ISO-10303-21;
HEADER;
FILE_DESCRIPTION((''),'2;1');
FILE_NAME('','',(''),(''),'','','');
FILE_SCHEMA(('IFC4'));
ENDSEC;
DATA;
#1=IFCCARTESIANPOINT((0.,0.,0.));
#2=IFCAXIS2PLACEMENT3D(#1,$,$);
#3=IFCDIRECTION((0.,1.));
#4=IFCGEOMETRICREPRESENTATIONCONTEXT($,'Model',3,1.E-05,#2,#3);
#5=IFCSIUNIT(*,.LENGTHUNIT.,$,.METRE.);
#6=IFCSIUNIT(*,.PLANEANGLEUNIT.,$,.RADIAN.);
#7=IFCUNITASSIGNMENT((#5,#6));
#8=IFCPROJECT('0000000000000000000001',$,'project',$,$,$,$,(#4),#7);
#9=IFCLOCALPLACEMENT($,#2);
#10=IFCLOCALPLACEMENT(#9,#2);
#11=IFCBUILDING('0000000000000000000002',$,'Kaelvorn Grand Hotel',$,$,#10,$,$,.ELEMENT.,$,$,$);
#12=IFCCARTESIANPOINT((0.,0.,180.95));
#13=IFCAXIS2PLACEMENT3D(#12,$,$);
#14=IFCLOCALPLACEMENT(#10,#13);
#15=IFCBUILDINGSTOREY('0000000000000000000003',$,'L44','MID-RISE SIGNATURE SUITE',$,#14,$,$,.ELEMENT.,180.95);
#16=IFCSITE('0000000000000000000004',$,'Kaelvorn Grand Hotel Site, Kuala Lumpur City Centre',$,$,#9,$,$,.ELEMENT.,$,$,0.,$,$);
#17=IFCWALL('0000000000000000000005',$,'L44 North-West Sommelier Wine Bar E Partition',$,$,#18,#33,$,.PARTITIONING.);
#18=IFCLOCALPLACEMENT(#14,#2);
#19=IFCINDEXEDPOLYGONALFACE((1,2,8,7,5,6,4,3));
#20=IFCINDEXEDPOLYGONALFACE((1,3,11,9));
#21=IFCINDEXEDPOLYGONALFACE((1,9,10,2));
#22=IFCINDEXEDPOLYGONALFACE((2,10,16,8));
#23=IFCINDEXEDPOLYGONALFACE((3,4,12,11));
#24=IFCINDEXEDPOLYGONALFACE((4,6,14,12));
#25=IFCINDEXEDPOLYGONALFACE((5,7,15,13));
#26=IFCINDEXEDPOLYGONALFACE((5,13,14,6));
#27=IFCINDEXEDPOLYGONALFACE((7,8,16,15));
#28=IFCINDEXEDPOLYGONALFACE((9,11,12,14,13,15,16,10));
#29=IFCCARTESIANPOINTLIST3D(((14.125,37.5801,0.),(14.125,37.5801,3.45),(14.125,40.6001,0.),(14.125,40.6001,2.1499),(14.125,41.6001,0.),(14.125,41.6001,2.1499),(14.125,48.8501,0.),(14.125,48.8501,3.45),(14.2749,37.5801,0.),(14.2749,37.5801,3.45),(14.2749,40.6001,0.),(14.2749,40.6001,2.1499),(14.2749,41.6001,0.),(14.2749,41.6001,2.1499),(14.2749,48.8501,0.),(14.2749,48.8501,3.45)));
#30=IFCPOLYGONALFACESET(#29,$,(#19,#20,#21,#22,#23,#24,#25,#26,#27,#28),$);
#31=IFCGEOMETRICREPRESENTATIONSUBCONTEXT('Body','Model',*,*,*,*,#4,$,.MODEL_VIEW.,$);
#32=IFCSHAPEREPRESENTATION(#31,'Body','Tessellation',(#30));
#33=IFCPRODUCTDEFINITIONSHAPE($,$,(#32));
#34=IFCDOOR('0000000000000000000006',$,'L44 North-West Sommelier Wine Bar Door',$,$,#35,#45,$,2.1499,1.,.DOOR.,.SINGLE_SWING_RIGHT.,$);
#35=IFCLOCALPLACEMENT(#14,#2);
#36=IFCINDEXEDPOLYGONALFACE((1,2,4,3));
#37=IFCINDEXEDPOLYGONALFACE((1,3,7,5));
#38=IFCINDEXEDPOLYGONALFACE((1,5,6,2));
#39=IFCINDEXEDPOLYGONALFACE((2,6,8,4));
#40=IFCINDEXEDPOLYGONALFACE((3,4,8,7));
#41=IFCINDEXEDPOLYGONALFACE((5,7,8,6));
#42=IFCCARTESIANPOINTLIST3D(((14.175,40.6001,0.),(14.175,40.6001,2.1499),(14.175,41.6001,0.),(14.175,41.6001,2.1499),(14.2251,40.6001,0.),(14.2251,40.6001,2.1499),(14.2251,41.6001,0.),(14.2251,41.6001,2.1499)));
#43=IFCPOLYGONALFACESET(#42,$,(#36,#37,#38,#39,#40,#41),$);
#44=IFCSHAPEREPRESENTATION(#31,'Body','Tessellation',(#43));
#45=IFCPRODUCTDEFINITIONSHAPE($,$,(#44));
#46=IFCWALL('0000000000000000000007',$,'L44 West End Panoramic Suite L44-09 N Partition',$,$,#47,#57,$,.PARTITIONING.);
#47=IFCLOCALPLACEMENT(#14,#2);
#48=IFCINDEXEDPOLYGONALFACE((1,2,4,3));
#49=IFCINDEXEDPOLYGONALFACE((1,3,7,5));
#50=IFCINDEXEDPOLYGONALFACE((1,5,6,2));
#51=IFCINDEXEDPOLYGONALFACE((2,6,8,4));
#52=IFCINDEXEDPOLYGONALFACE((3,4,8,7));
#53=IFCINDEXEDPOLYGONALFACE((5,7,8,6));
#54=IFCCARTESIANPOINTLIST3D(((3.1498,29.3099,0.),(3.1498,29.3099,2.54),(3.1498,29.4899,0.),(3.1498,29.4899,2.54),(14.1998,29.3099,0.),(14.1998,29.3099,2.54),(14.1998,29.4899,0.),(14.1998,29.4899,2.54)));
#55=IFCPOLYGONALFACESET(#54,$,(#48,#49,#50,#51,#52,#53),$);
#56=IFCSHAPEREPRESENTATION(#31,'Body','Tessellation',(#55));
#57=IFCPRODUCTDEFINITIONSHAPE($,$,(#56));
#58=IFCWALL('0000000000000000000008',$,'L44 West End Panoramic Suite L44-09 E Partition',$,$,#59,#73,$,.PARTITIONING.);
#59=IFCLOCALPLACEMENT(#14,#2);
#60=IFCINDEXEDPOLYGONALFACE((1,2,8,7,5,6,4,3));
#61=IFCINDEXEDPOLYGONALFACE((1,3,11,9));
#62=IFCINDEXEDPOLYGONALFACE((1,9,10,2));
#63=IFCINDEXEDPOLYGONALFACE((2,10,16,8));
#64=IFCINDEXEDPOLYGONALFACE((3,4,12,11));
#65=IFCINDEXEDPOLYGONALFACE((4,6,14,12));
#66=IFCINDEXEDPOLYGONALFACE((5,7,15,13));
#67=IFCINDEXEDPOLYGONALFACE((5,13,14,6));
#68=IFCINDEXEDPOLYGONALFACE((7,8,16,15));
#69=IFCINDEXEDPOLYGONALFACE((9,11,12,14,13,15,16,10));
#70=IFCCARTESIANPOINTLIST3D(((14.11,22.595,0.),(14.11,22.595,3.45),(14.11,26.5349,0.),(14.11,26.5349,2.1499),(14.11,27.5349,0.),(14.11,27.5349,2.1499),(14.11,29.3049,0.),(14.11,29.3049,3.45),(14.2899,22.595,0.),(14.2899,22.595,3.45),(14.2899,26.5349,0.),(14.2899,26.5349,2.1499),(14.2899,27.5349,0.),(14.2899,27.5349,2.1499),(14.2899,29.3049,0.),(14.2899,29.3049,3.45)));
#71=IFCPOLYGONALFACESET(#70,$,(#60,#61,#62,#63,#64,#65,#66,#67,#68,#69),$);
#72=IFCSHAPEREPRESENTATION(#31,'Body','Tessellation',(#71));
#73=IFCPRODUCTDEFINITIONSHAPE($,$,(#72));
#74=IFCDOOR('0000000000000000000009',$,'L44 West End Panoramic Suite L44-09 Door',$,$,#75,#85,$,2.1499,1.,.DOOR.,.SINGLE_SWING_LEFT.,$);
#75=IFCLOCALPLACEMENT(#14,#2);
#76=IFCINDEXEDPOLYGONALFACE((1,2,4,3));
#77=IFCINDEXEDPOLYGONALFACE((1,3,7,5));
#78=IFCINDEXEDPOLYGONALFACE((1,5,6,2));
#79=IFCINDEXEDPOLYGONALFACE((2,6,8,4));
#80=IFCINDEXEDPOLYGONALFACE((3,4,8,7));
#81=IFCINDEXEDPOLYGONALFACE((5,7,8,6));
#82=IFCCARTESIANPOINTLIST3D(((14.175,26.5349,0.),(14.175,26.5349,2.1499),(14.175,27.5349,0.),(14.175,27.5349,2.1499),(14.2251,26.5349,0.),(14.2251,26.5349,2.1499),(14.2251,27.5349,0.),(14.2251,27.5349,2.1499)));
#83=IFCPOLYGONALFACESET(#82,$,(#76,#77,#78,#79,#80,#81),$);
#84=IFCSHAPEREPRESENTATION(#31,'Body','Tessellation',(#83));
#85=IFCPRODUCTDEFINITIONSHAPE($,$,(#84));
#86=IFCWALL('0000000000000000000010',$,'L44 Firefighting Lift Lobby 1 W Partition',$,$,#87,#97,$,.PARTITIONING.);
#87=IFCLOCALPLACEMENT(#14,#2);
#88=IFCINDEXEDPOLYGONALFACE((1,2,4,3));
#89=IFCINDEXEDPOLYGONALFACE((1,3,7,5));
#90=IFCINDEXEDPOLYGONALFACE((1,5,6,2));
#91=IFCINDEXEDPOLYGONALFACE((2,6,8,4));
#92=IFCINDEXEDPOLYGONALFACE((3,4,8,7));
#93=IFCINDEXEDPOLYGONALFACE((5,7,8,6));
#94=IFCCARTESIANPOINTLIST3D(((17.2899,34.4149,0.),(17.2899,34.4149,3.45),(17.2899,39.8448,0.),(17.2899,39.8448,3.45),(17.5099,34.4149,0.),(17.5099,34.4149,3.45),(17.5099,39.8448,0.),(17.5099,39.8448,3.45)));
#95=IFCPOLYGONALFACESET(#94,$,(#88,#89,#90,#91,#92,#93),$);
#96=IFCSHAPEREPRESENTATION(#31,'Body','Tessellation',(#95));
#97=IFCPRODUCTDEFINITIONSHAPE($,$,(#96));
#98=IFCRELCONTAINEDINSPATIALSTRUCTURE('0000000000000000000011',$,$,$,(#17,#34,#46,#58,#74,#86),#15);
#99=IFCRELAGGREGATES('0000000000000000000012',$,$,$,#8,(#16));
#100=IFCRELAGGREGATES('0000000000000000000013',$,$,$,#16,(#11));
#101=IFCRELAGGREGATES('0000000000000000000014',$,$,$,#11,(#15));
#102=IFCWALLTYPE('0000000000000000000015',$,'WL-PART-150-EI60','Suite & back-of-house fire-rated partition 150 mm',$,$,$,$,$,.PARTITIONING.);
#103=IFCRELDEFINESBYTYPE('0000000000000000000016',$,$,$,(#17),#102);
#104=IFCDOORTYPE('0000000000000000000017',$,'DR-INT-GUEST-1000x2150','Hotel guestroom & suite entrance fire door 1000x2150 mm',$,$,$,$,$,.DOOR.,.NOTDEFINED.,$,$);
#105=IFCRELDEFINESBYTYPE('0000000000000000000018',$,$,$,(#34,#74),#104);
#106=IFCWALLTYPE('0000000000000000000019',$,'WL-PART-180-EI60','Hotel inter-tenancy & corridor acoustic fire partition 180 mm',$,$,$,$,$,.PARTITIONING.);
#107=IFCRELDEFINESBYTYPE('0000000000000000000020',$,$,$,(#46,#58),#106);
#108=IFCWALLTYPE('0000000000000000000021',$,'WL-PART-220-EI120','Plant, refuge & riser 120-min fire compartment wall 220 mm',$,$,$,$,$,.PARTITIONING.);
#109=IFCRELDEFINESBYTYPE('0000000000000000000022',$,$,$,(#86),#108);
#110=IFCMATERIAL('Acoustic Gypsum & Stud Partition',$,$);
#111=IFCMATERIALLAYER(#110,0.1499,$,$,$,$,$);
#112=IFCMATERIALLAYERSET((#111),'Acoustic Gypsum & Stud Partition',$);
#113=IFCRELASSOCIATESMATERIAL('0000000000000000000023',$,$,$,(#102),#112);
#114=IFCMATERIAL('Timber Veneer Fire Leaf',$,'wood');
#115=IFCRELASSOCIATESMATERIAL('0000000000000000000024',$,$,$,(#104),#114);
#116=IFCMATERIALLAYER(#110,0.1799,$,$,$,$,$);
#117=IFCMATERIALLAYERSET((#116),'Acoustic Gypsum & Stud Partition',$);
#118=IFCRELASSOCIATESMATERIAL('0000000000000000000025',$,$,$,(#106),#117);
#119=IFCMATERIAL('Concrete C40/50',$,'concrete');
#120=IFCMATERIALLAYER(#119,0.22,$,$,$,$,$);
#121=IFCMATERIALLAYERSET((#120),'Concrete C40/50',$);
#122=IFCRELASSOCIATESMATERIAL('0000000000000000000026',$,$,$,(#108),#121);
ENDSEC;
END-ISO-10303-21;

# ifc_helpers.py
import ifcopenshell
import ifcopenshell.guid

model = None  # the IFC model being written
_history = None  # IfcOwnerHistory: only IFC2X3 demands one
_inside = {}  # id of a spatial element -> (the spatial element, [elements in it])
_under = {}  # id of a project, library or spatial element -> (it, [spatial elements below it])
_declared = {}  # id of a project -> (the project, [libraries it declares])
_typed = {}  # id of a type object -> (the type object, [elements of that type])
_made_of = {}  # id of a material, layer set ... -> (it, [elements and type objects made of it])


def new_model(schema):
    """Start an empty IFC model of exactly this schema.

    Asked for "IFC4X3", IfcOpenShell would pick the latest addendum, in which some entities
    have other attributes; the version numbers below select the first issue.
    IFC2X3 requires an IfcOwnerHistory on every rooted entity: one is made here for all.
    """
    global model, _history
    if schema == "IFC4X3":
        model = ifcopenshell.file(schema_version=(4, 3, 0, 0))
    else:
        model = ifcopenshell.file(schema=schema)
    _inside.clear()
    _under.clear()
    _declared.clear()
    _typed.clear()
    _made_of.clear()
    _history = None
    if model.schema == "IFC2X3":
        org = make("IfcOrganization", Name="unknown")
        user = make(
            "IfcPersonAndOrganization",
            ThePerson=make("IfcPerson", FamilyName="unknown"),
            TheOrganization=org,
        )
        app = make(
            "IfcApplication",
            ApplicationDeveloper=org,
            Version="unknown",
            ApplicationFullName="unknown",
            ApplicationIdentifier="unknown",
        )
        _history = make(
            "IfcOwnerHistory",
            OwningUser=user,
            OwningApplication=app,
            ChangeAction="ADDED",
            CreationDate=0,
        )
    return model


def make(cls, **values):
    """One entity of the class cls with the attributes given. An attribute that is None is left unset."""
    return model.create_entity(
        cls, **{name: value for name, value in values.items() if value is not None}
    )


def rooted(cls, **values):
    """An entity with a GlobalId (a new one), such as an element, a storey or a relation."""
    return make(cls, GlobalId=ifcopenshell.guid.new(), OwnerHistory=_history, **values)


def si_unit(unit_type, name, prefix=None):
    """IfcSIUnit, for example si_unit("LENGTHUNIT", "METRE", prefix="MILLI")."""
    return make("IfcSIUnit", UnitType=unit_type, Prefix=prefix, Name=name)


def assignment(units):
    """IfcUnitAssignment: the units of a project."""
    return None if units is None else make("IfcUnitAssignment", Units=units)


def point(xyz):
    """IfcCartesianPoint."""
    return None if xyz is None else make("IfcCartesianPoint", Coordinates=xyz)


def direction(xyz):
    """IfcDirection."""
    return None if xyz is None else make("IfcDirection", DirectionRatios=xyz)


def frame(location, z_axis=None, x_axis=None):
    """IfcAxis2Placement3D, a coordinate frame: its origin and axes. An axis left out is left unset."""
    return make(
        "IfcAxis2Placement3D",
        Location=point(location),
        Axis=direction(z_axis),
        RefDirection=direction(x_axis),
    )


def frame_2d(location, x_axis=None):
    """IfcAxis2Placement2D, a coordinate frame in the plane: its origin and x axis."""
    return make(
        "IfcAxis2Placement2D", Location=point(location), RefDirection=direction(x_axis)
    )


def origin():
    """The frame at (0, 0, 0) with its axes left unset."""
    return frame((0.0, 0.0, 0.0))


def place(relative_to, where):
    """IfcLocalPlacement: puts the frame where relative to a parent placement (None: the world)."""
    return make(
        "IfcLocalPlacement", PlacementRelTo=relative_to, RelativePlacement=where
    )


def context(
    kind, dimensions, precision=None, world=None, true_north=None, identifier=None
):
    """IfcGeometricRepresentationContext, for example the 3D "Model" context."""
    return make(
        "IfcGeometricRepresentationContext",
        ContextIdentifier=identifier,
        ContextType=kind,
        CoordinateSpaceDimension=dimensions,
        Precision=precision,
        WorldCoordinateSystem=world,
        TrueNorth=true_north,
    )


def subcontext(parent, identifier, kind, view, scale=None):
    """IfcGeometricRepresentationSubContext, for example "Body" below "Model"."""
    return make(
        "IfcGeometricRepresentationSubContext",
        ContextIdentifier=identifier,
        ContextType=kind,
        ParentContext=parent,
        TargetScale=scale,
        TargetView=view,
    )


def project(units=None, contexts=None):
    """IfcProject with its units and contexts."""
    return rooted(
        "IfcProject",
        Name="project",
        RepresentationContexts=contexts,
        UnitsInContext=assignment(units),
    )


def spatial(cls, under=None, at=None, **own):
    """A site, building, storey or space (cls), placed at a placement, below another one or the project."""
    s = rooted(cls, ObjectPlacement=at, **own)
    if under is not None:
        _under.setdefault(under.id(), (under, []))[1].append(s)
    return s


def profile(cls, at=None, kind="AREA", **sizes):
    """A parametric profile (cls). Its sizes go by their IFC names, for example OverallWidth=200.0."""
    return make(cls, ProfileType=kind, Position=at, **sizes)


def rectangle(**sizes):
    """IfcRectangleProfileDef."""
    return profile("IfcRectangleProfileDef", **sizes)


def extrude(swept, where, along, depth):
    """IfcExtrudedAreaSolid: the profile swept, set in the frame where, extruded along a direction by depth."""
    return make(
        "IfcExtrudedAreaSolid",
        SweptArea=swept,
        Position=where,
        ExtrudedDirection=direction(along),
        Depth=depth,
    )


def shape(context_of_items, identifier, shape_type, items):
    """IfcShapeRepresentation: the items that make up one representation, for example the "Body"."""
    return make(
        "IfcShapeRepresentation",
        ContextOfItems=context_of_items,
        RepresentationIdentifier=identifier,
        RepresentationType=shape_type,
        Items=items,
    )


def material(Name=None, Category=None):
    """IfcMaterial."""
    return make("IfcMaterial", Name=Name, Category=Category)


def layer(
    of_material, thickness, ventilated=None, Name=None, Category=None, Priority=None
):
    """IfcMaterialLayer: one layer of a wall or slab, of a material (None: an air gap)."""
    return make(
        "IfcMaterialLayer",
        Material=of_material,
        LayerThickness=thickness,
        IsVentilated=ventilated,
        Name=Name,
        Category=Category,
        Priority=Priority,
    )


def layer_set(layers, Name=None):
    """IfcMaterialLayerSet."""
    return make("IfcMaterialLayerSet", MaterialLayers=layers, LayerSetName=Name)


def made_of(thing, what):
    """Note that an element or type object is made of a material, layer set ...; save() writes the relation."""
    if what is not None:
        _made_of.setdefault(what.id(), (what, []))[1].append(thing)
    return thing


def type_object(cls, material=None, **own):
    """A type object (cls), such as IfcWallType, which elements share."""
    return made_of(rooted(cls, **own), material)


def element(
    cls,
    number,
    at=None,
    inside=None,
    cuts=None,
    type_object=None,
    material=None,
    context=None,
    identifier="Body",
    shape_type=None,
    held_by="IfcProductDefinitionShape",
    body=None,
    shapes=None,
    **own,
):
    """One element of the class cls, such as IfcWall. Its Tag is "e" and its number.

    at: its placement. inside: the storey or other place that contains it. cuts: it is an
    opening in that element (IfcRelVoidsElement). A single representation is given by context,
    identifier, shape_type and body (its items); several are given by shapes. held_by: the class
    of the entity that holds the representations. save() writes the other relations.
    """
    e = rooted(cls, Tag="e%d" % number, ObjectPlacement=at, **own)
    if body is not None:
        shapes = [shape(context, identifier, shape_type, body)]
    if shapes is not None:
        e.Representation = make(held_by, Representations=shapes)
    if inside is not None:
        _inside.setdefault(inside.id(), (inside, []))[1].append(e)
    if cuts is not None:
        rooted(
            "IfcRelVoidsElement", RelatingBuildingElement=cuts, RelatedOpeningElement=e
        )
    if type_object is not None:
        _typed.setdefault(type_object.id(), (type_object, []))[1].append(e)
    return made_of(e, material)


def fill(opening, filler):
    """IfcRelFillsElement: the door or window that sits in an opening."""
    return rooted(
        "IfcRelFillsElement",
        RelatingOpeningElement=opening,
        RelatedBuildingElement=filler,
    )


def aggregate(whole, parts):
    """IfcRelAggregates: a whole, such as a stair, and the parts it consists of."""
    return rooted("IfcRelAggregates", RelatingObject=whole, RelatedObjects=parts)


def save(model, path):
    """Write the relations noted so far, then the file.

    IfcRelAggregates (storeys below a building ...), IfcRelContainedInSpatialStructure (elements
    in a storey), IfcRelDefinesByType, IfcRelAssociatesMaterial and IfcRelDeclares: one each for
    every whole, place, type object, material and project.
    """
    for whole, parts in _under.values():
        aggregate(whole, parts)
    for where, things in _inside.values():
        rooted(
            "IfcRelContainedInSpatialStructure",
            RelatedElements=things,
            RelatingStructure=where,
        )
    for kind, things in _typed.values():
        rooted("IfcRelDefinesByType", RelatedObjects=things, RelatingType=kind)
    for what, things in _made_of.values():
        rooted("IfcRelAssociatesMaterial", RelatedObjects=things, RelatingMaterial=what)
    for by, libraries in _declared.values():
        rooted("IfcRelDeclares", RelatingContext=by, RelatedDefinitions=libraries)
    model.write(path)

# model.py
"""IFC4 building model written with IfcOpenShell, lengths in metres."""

from ifc_helpers import new_model, si_unit, direction, frame, frame_2d, origin, place, context, subcontext, project, spatial, rectangle, extrude, material, layer, layer_set, type_object, element, fill, save


model = new_model("IFC4")

# Units and contexts
model_context = context("Model", 3, precision=1e-05, world=origin(), true_north=direction((0.0, 1.0)))
body_context = subcontext(model_context, "Body", "Model", "MODEL_VIEW")
ifc_project = project(units=[si_unit("LENGTHUNIT", "METRE"), si_unit("PLANEANGLEUNIT", "RADIAN")], contexts=[model_context])

# Site, building, storey
site_placement = place(None, origin())
site = spatial("IfcSite", under=ifc_project, at=site_placement, Name="Kaelvorn Grand Hotel Site, Kuala Lumpur City Centre", CompositionType="ELEMENT", RefElevation=0.0)
building_placement = place(site_placement, origin())
building = spatial("IfcBuilding", under=site, at=building_placement, Name="Kaelvorn Grand Hotel", CompositionType="ELEMENT")
storey_placement = place(building_placement, frame((0.0, 0.0, 180.95)))
storey = spatial("IfcBuildingStorey", under=building, at=storey_placement, Name="L44", Description="MID-RISE SIGNATURE SUITE", CompositionType="ELEMENT", Elevation=180.95)

# Shared definitions
ifc_material_1 = material(Name="Acoustic Gypsum & Stud Partition")
ifc_layer_1 = layer(ifc_material_1, 0.1499)
ifc_layer_set_1 = layer_set([ifc_layer_1], Name="Acoustic Gypsum & Stud Partition")
wall_type_1 = type_object("IfcWallType", Name="WL-PART-150-EI60", Description="Suite & back-of-house fire-rated partition 150 mm", PredefinedType="PARTITIONING", material=ifc_layer_set_1)
ifc_material_2 = material(Name="Timber Veneer Fire Leaf", Category="wood")
door_type_1 = type_object("IfcDoorType", Name="DR-INT-GUEST-1000x2150", Description="Hotel guestroom & suite entrance fire door 1000x2150 mm", OperationType="NOTDEFINED", PredefinedType="DOOR", material=ifc_material_2)

# Wall, opening, door
wall_1_placement = place(storey_placement, frame((14.2, 37.5801, 0.0), z_axis=(0.0, 0.0, 1.0), x_axis=(0.0, 1.0, 0.0)))
wall_1 = element("IfcWall", 1, at=wall_1_placement, inside=storey, type_object=wall_type_1, Name="L44 North-West Sommelier Wine Bar E Partition", PredefinedType="PARTITIONING", context=body_context, shape_type="SweptSolid", body=[
    extrude(rectangle(XDim=11.27, YDim=0.1499, at=frame_2d((5.635, 0.0))), origin(), (0.0, 0.0, 1.0), 3.45),
])
opening_1_placement = place(wall_1_placement, frame((3.02, 0.0, 0.0)))
opening_1 = element("IfcOpeningElement", 2, at=opening_1_placement, cuts=wall_1, PredefinedType="OPENING", context=body_context, shape_type="SweptSolid", body=[
    extrude(rectangle(XDim=1.0, YDim=2.1499, at=frame_2d((0.5, 1.075))), frame((0.0, 0.085, 0.0), z_axis=(0.0, -1.0, 0.0), x_axis=(1.0, 0.0, 0.0)), (0.0, 0.0, 1.0), 0.1699),
])
door_1_placement = place(opening_1_placement, origin())
door_1 = element("IfcDoor", 3, at=door_1_placement, inside=storey, type_object=door_type_1, Name="L44 North-West Sommelier Wine Bar Door", OperationType="SINGLE_SWING_RIGHT", OverallHeight=2.1499, OverallWidth=1.0, PredefinedType="DOOR", context=body_context, shape_type="SweptSolid", body=[
    extrude(rectangle(XDim=1.0, YDim=2.1499, at=frame_2d((0.5, 1.075))), frame((0.0, 0.0249, 0.0), z_axis=(0.0, -1.0, 0.0), x_axis=(1.0, 0.0, 0.0)), (0.0, 0.0, 1.0), 0.05),
])
fill(opening_1, door_1)

# Wall
ifc_layer_2 = layer(ifc_material_1, 0.1799)
ifc_layer_set_2 = layer_set([ifc_layer_2], Name="Acoustic Gypsum & Stud Partition")
wall_type_2 = type_object("IfcWallType", Name="WL-PART-180-EI60", Description="Hotel inter-tenancy & corridor acoustic fire partition 180 mm", PredefinedType="PARTITIONING", material=ifc_layer_set_2)
wall_2_placement = place(storey_placement, frame((3.1499, 29.3999, 0.0), z_axis=(0.0, 0.0, 1.0), x_axis=(1.0, 0.0, 0.0)))
element("IfcWall", 4, at=wall_2_placement, inside=storey, type_object=wall_type_2, Name="L44 West End Panoramic Suite L44-09 N Partition", PredefinedType="PARTITIONING", context=body_context, shape_type="SweptSolid", body=[
    extrude(rectangle(XDim=11.05, YDim=0.1799, at=frame_2d((5.5249, 0.0))), origin(), (0.0, 0.0, 1.0), 2.54),
])

# Wall, opening, door
wall_3_placement = place(storey_placement, frame((14.2, 22.595, 0.0), z_axis=(0.0, 0.0, 1.0), x_axis=(0.0, 1.0, 0.0)))
wall_3 = element("IfcWall", 5, at=wall_3_placement, inside=storey, type_object=wall_type_2, Name="L44 West End Panoramic Suite L44-09 E Partition", PredefinedType="PARTITIONING", context=body_context, shape_type="SweptSolid", body=[
    extrude(rectangle(XDim=6.71, YDim=0.1799, at=frame_2d((3.355, 0.0))), origin(), (0.0, 0.0, 1.0), 3.45),
])
opening_2_placement = place(wall_3_placement, frame((3.9399, 0.0, 0.0)))
opening_2 = element("IfcOpeningElement", 6, at=opening_2_placement, cuts=wall_3, PredefinedType="OPENING", context=body_context, shape_type="SweptSolid", body=[
    extrude(rectangle(XDim=1.0, YDim=2.1499, at=frame_2d((0.5, 1.075))), frame((0.0, 0.1001, 0.0), z_axis=(0.0, -1.0, 0.0), x_axis=(1.0, 0.0, 0.0)), (0.0, 0.0, 1.0), 0.2),
])
door_2_placement = place(opening_2_placement, origin())
door_2 = element("IfcDoor", 7, at=door_2_placement, inside=storey, type_object=door_type_1, Name="L44 West End Panoramic Suite L44-09 Door", OperationType="SINGLE_SWING_LEFT", OverallHeight=2.1499, OverallWidth=1.0, PredefinedType="DOOR", context=body_context, shape_type="SweptSolid", body=[
    extrude(rectangle(XDim=1.0, YDim=2.1499, at=frame_2d((0.5, 1.075))), frame((0.0, 0.0249, 0.0), z_axis=(0.0, -1.0, 0.0), x_axis=(1.0, 0.0, 0.0)), (0.0, 0.0, 1.0), 0.05),
])
fill(opening_2, door_2)
ifc_material_3 = material(Name="Concrete C40/50", Category="concrete")
ifc_layer_3 = layer(ifc_material_3, 0.22)
ifc_layer_set_3 = layer_set([ifc_layer_3], Name="Concrete C40/50")
wall_type_3 = type_object("IfcWallType", Name="WL-PART-220-EI120", Description="Plant, refuge & riser 120-min fire compartment wall 220 mm", PredefinedType="PARTITIONING", material=ifc_layer_set_3)

# Wall
wall_4_placement = place(storey_placement, frame((17.3999, 34.415, 0.0), z_axis=(0.0, 0.0, 1.0), x_axis=(0.0, 1.0, 0.0)))
element("IfcWall", 8, at=wall_4_placement, inside=storey, type_object=wall_type_3, Name="L44 Firefighting Lift Lobby 1 W Partition", PredefinedType="PARTITIONING", context=body_context, shape_type="SweptSolid", body=[
    extrude(rectangle(XDim=5.4299, YDim=0.22, at=frame_2d((2.7148, 0.0))), origin(), (0.0, 0.0, 1.0), 3.45),
])

save(model, "model.ifc")
